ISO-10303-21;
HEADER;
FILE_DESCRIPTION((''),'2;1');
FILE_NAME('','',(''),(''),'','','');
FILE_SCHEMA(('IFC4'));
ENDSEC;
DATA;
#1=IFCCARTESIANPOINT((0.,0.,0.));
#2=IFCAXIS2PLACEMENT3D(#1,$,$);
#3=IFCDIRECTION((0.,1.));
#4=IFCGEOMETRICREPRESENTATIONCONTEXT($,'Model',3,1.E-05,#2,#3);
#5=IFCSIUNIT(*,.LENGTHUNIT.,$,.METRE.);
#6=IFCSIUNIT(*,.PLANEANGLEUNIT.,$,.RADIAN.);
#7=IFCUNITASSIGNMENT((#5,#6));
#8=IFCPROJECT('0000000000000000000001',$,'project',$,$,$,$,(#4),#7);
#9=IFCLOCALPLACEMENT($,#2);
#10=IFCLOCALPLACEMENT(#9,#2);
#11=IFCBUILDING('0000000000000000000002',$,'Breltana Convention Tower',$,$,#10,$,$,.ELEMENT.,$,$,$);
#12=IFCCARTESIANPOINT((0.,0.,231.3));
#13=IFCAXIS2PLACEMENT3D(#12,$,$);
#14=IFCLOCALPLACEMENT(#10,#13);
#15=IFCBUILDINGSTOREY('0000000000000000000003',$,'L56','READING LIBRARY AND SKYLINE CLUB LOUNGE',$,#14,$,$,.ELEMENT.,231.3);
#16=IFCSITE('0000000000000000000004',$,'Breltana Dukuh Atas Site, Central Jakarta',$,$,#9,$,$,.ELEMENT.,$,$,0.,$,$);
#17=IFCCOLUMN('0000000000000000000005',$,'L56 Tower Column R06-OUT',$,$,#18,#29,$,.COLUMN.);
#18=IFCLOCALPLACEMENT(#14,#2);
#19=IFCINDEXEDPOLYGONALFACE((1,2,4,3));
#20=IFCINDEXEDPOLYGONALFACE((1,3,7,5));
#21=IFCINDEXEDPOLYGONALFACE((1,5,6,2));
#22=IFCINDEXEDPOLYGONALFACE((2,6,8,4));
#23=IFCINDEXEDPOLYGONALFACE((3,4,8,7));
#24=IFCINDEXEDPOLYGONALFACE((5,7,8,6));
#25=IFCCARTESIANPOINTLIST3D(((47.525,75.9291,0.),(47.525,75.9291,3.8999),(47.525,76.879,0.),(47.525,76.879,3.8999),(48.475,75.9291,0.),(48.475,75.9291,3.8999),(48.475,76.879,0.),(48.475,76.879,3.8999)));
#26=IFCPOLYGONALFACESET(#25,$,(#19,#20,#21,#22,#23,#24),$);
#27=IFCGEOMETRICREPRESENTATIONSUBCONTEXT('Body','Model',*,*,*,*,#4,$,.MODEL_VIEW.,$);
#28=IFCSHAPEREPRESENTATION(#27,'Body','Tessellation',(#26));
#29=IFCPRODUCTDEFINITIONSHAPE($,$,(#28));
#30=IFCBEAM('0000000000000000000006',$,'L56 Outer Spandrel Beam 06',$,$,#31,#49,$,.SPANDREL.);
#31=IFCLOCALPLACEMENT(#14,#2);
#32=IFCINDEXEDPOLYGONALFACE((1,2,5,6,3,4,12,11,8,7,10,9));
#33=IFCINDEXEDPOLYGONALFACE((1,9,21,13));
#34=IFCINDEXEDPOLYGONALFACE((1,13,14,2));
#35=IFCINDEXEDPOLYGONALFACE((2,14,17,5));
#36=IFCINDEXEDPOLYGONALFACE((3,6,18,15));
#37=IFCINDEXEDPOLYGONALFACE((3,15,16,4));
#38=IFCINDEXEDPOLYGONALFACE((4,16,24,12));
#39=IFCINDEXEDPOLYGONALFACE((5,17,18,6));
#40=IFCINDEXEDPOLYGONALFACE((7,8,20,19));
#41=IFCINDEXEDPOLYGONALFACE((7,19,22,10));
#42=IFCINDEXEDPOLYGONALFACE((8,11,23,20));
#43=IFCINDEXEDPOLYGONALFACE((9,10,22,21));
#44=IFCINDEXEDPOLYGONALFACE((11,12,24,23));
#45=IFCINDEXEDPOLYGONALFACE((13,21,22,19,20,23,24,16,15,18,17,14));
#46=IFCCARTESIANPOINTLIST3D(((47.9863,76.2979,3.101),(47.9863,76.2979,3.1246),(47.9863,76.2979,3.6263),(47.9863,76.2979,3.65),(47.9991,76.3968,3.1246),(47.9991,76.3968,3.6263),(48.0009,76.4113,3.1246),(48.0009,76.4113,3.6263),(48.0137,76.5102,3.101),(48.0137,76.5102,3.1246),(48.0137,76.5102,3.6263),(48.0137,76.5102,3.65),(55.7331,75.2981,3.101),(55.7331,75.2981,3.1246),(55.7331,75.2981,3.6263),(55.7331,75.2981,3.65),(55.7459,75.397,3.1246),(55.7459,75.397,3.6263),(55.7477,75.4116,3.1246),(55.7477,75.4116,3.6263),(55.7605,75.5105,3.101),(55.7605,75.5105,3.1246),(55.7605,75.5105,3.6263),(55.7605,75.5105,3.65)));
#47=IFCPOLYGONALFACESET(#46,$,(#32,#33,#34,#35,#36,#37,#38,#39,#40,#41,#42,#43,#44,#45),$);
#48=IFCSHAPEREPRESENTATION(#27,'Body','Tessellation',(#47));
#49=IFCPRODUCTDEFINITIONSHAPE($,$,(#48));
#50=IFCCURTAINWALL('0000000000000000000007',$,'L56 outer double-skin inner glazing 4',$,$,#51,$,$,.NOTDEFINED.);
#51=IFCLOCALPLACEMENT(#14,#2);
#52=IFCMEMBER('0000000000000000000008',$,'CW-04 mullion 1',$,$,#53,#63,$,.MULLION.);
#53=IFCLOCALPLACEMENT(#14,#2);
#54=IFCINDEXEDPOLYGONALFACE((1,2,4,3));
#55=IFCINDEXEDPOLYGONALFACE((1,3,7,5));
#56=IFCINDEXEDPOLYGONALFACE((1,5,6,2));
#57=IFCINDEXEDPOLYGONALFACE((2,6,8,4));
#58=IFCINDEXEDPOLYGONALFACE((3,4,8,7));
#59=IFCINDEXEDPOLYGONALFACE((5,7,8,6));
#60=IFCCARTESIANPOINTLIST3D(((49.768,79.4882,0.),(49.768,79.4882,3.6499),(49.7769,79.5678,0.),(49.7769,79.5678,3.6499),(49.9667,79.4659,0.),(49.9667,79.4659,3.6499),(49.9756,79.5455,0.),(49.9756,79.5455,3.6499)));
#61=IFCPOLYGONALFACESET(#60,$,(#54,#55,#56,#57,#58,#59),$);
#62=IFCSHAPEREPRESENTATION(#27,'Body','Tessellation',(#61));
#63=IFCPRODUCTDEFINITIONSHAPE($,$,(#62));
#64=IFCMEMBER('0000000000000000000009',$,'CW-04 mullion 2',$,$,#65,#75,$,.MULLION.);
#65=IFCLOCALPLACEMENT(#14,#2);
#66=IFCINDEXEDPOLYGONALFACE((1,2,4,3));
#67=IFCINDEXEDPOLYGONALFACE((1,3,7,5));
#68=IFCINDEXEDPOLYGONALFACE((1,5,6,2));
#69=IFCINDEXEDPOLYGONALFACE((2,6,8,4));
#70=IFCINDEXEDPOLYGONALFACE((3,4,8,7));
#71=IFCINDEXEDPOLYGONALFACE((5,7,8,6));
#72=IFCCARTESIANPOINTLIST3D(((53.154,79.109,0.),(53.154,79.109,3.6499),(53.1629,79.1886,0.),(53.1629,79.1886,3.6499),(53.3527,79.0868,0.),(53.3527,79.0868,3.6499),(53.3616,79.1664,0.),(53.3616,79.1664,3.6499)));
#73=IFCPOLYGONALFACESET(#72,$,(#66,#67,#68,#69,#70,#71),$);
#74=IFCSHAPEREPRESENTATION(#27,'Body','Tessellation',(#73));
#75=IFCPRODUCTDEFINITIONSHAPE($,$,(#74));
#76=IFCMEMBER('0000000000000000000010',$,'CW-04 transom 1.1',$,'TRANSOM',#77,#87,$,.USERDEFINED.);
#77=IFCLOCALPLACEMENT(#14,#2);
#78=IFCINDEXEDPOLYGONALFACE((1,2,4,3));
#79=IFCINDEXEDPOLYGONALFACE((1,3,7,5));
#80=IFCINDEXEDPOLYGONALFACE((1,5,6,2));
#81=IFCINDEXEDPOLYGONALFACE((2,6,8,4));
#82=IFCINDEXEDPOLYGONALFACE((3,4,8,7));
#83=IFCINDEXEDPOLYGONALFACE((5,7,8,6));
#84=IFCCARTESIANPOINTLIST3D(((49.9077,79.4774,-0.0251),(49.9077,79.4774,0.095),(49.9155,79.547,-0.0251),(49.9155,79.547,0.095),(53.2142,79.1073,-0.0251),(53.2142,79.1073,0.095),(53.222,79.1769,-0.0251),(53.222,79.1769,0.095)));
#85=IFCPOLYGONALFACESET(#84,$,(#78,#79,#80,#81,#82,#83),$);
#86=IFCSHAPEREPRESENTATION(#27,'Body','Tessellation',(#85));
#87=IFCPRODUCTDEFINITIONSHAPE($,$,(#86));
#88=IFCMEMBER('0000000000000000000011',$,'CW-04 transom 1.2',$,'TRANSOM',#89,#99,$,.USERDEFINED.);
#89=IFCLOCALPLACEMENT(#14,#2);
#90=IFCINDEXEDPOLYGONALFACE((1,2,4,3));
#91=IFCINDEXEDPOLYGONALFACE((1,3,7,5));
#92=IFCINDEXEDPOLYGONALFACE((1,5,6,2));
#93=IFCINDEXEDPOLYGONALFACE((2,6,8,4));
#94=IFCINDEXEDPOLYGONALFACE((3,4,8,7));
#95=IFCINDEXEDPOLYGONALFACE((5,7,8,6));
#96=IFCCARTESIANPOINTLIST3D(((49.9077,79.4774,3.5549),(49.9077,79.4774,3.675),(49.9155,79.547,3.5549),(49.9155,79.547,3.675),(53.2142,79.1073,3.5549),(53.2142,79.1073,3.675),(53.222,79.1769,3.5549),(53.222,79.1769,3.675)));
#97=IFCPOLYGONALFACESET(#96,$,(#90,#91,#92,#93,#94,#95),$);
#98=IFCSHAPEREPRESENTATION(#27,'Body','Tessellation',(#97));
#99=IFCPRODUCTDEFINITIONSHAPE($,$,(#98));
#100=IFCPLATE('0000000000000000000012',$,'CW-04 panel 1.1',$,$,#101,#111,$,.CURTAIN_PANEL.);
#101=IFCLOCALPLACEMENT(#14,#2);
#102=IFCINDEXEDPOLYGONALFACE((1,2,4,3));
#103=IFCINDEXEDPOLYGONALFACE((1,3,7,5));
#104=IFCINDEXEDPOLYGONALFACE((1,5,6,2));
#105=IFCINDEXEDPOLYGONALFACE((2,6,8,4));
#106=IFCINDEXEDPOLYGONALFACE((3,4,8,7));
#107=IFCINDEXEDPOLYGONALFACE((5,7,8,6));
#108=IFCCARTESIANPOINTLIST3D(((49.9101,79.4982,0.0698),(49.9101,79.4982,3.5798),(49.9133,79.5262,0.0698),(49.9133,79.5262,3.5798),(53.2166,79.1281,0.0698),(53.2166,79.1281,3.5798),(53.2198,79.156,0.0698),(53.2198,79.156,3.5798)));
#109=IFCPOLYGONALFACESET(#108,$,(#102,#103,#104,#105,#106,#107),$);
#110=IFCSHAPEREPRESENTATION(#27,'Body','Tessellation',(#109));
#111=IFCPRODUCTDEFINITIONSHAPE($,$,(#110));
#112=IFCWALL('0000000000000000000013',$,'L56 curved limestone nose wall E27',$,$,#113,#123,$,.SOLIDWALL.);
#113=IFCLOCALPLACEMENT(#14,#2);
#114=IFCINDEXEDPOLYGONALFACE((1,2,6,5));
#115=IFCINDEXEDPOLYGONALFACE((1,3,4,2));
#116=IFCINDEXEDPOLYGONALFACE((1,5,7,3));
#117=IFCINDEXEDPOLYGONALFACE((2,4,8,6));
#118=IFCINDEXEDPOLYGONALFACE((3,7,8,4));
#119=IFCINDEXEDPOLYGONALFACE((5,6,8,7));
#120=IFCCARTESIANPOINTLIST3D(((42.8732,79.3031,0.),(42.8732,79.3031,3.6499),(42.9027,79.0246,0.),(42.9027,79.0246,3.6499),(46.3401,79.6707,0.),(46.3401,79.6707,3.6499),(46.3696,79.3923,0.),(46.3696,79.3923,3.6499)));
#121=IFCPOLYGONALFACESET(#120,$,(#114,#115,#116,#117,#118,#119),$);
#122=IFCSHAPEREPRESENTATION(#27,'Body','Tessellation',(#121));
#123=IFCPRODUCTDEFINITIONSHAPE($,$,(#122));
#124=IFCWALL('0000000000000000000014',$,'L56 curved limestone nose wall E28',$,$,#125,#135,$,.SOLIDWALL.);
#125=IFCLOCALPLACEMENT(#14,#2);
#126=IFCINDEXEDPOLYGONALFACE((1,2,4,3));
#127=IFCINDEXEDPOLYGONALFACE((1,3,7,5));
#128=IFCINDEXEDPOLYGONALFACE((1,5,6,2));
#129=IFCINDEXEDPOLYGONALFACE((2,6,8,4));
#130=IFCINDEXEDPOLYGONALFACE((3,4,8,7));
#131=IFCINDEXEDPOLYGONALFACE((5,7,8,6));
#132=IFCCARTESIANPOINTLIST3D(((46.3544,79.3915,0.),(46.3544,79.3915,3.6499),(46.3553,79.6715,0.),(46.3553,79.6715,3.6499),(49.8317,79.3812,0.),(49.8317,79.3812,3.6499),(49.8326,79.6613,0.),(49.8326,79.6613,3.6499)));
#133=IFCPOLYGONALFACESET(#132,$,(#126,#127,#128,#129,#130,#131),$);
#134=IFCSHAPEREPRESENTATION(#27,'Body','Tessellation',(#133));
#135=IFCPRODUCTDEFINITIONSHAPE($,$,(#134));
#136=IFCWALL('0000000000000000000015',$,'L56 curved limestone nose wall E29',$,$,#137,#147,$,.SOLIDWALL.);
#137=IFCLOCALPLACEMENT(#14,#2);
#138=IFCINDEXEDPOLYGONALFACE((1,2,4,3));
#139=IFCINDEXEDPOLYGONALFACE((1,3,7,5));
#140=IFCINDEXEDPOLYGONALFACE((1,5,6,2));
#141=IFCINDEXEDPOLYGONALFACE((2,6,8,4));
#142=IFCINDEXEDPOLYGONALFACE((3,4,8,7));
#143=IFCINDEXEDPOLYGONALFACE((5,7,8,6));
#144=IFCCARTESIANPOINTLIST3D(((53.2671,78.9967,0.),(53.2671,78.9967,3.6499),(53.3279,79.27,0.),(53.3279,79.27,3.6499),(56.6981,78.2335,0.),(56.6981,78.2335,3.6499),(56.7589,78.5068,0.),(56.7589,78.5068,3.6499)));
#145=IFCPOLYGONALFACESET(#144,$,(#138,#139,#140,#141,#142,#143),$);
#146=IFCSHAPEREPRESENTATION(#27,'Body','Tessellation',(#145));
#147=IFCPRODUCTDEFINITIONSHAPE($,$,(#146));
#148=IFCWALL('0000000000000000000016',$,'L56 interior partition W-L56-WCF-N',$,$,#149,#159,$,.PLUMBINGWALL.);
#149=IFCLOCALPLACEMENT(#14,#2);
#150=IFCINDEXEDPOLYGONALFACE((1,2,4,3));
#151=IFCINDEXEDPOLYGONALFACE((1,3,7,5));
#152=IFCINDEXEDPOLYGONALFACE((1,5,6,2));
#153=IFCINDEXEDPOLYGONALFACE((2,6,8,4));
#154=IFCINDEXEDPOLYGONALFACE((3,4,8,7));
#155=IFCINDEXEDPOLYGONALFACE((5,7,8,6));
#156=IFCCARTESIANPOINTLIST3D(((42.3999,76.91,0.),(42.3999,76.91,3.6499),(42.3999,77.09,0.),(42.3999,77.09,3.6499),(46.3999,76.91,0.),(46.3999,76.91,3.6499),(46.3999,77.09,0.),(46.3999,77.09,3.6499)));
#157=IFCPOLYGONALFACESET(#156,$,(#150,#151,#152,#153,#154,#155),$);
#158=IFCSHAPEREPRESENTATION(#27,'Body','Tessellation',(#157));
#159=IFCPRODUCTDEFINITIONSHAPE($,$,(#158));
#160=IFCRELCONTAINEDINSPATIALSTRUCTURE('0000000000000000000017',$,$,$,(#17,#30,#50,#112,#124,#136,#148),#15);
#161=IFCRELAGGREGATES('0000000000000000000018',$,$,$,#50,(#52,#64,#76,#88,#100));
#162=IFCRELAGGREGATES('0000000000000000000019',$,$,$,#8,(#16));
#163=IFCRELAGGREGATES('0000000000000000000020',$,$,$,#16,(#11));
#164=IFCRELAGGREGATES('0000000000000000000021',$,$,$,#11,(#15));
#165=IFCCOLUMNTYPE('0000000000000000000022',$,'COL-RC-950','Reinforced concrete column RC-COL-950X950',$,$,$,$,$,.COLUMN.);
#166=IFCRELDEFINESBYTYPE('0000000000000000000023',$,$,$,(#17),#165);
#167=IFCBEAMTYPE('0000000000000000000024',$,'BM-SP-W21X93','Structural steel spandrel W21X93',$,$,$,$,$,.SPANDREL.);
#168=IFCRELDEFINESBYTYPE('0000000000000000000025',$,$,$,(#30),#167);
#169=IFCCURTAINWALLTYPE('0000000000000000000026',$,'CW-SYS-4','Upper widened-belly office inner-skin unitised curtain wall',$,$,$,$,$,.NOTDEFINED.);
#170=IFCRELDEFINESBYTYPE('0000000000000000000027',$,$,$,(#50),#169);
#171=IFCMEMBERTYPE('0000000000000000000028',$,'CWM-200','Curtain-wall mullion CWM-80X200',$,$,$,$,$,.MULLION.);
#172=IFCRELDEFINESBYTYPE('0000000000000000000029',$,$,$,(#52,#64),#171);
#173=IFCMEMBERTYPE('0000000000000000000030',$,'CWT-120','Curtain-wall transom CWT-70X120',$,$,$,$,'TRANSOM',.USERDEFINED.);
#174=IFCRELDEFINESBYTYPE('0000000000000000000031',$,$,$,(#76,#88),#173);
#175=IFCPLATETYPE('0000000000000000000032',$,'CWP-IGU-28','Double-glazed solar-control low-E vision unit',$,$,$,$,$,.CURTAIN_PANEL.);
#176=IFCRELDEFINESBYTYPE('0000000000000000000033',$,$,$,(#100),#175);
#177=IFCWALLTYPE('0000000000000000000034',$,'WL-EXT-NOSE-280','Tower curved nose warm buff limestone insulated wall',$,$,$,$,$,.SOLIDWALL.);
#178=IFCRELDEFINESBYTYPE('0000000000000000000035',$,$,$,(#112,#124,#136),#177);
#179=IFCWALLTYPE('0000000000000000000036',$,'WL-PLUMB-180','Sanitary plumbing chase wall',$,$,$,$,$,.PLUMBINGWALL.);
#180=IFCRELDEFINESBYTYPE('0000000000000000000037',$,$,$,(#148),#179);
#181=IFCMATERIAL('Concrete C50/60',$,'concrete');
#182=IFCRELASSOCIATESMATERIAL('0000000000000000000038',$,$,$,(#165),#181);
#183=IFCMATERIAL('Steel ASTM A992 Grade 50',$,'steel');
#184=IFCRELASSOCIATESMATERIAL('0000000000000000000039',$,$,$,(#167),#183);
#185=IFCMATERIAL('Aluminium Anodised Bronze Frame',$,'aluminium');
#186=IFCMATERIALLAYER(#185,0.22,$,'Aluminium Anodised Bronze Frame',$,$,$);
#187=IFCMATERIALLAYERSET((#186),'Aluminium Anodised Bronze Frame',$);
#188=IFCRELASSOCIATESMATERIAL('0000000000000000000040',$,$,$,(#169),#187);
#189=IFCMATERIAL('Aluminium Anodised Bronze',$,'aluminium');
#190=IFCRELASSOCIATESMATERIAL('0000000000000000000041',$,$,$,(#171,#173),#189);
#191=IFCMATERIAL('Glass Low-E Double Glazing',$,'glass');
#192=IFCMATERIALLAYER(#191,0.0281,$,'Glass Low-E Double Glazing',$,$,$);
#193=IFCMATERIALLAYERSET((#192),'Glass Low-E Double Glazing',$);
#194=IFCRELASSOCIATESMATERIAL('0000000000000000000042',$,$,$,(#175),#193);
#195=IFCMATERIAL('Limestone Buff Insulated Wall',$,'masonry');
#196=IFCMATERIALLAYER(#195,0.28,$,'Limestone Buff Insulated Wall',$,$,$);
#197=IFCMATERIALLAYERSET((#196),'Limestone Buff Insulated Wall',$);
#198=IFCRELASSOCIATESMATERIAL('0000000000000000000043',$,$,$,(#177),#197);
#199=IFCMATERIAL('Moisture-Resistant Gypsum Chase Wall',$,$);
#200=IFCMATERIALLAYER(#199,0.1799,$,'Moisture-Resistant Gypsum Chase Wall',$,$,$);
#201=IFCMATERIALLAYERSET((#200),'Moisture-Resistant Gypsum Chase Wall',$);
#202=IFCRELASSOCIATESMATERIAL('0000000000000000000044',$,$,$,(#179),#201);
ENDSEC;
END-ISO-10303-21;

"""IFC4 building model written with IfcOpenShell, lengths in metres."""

from ifc_helpers import new_model, si_unit, direction, frame, frame_2d, origin, origin_2d, place, context, subcontext, project, spatial, rectangle, i_section, extrude, source, transform, mapped, material, layer, layer_set, material_profile, profile_set, type_object, element, aggregate, save


model = new_model("IFC4")

# Units and contexts
model_context = context("Model", 3, precision=1e-05, world=origin(), true_north=direction((0.0, 1.0)))
body_context = subcontext(model_context, "Body", "Model", "MODEL_VIEW")
ifc_project = project(units=[si_unit("LENGTHUNIT", "METRE"), si_unit("PLANEANGLEUNIT", "RADIAN")], contexts=[model_context])

# Site, building, storey
site_placement = place(None, origin())
site = spatial("IfcSite", under=ifc_project, at=site_placement, Name="Breltana Dukuh Atas Site, Central Jakarta", CompositionType="ELEMENT", RefElevation=0.0)
building_placement = place(site_placement, origin())
building = spatial("IfcBuilding", under=site, at=building_placement, Name="Breltana Convention Tower", CompositionType="ELEMENT")
storey_placement = place(building_placement, frame((0.0, 0.0, 231.3)))
storey = spatial("IfcBuildingStorey", under=building, at=storey_placement, Name="L56", Description="READING LIBRARY AND SKYLINE CLUB LOUNGE", CompositionType="ELEMENT", Elevation=231.3)

# Column
ifc_material_1 = material(Name="Concrete C50/60", Category="concrete")
ifc_material_profile_1 = material_profile(ifc_material_1, rectangle(XDim=0.95, YDim=0.95, at=origin_2d()), Name="RC-COL-950X950")
ifc_profile_set_1 = profile_set([ifc_material_profile_1], Name="Concrete C50/60")
column_type = type_object("IfcColumnType", Name="COL-RC-950", Description="Reinforced concrete column RC-COL-950X950", PredefinedType="COLUMN", material=ifc_profile_set_1)
shared_shape_1 = source(origin(), body_context, "Body", "SweptSolid", [
    extrude(rectangle(XDim=0.95, YDim=0.95, at=origin_2d()), origin(), (0.0, 0.0, 1.0), 3.8999),
])
column_placement = place(storey_placement, frame((48.0, 76.4041, 0.0), z_axis=(0.0, 0.0, 1.0), x_axis=(0.0, 1.0, 0.0)))
element("IfcColumn", 1, at=column_placement, inside=storey, type_object=column_type, Name="L56 Tower Column R06-OUT", PredefinedType="COLUMN", context=body_context, shape_type="MappedRepresentation", body=[
    mapped(shared_shape_1, transform((0.0, 0.0, 0.0), scale=1.0)),
])

# Beam
ifc_material_2 = material(Name="Steel ASTM A992 Grade 50", Category="steel")
ifc_material_profile_2 = material_profile(ifc_material_2, i_section(OverallWidth=0.2141, OverallDepth=0.5491, WebThickness=0.0146, FlangeThickness=0.0237, at=origin_2d()), Name="W21X93")
ifc_profile_set_2 = profile_set([ifc_material_profile_2], Name="Steel ASTM A992 Grade 50")
beam_type = type_object("IfcBeamType", Name="BM-SP-W21X93", Description="Structural steel spandrel W21X93", PredefinedType="SPANDREL", material=ifc_profile_set_2)
shared_shape_2 = source(origin(), body_context, "Body", "SweptSolid", [
    extrude(i_section(OverallWidth=0.2141, OverallDepth=0.5491, WebThickness=0.0146, FlangeThickness=0.0237, at=origin_2d()), origin(), (0.0, 0.0, 1.0), 7.811),
])
beam_placement = place(storey_placement, frame((48.0, 76.4041, 3.3755), z_axis=(0.991775, -0.127992, 0.0), x_axis=(0.127992, 0.991775, 0.0)))
element("IfcBeam", 2, at=beam_placement, inside=storey, type_object=beam_type, Name="L56 Outer Spandrel Beam 06", PredefinedType="SPANDREL", context=body_context, shape_type="MappedRepresentation", body=[
    mapped(shared_shape_2, transform((0.0, 0.0, 0.0), scale=1.0)),
])

# Curtain wall, members, plate
ifc_material_3 = material(Name="Aluminium Anodised Bronze Frame", Category="aluminium")
ifc_layer_1 = layer(ifc_material_3, 0.22, Name="Aluminium Anodised Bronze Frame")
ifc_layer_set_1 = layer_set([ifc_layer_1], Name="Aluminium Anodised Bronze Frame")
curtain_wall_type = type_object("IfcCurtainWallType", Name="CW-SYS-4", Description="Upper widened-belly office inner-skin unitised curtain wall", PredefinedType="NOTDEFINED", material=ifc_layer_set_1)
curtain_wall_placement = place(storey_placement, origin())
curtain_wall = element("IfcCurtainWall", 3, at=curtain_wall_placement, inside=storey, type_object=curtain_wall_type, Name="L56 outer double-skin inner glazing 4", PredefinedType="NOTDEFINED")
ifc_material_4 = material(Name="Aluminium Anodised Bronze", Category="aluminium")
ifc_material_profile_3 = material_profile(ifc_material_4, rectangle(XDim=0.0801, YDim=0.2, at=origin_2d()), Name="CWM-80X200")
ifc_profile_set_3 = profile_set([ifc_material_profile_3], Name="Aluminium Anodised Bronze")
member_type_1 = type_object("IfcMemberType", Name="CWM-200", Description="Curtain-wall mullion CWM-80X200", PredefinedType="MULLION", material=ifc_profile_set_3)
shared_shape_3 = source(origin(), body_context, "Body", "SweptSolid", [
    extrude(rectangle(XDim=0.0801, YDim=0.2, at=origin_2d()), origin(), (0.0, 0.0, 1.0), 3.6499),
])
member_1_placement = place(storey_placement, frame((49.8718, 79.5168, 0.0), z_axis=(0.0, 0.0, 1.0), x_axis=(0.111237, 0.993794, 0.0)))
member_1 = element("IfcMember", 4, at=member_1_placement, type_object=member_type_1, Name="CW-04 mullion 1", PredefinedType="MULLION", context=body_context, shape_type="MappedRepresentation", body=[
    mapped(shared_shape_3, transform((0.0, 0.0, 0.0), scale=1.0)),
])
member_2_placement = place(storey_placement, frame((53.2578, 79.1377, 0.0), z_axis=(0.0, 0.0, 1.0), x_axis=(0.111237, 0.993794, 0.0)))
member_2 = element("IfcMember", 5, at=member_2_placement, type_object=member_type_1, Name="CW-04 mullion 2", PredefinedType="MULLION", context=body_context, shape_type="MappedRepresentation", body=[
    mapped(shared_shape_3, transform((0.0, 0.0, 0.0), scale=1.0)),
])
ifc_material_profile_4 = material_profile(ifc_material_4, rectangle(XDim=0.0701, YDim=0.1201, at=origin_2d()), Name="CWT-70X120")
ifc_profile_set_4 = profile_set([ifc_material_profile_4], Name="Aluminium Anodised Bronze")
member_type_2 = type_object("IfcMemberType", Name="CWT-120", Description="Curtain-wall transom CWT-70X120", ElementType="TRANSOM", PredefinedType="USERDEFINED", material=ifc_profile_set_4)
shared_shape_4 = source(origin(), body_context, "Body", "SweptSolid", [
    extrude(rectangle(XDim=0.0701, YDim=0.1201, at=origin_2d()), origin(), (0.0, 0.0, 1.0), 3.3271),
])
member_3_placement = place(storey_placement, frame((49.9116, 79.5122, 0.0349), z_axis=(0.993793, -0.111245, 0.0), x_axis=(0.111245, 0.993793, 0.0)))
member_3 = element("IfcMember", 6, at=member_3_placement, type_object=member_type_2, Name="CW-04 transom 1.1", ObjectType="TRANSOM", PredefinedType="USERDEFINED", context=body_context, shape_type="MappedRepresentation", body=[
    mapped(shared_shape_4, transform((0.0, 0.0, 0.0), scale=1.0)),
])
member_4_placement = place(storey_placement, frame((49.9116, 79.5122, 3.615), z_axis=(0.993793, -0.111245, 0.0), x_axis=(0.111245, 0.993793, 0.0)))
member_4 = element("IfcMember", 7, at=member_4_placement, type_object=member_type_2, Name="CW-04 transom 1.2", ObjectType="TRANSOM", PredefinedType="USERDEFINED", context=body_context, shape_type="MappedRepresentation", body=[
    mapped(shared_shape_4, transform((0.0, 0.0, 0.0), scale=1.0)),
])
ifc_material_5 = material(Name="Glass Low-E Double Glazing", Category="glass")
ifc_layer_2 = layer(ifc_material_5, 0.0281, Name="Glass Low-E Double Glazing")
ifc_layer_set_2 = layer_set([ifc_layer_2], Name="Glass Low-E Double Glazing")
plate_type = type_object("IfcPlateType", Name="CWP-IGU-28", Description="Double-glazed solar-control low-E vision unit", PredefinedType="CURTAIN_PANEL", material=ifc_layer_set_2)
shared_shape_5 = source(origin(), body_context, "Body", "SweptSolid", [
    extrude(rectangle(XDim=3.3271, YDim=0.0281, at=origin_2d()), origin(), (0.0, 0.0, 1.0), 3.51),
])
plate_placement = place(storey_placement, frame((51.5649, 79.3271, 0.0698), z_axis=(0.0, 0.0, 1.0), x_axis=(0.993794, -0.111237, 0.0)))
plate = element("IfcPlate", 8, at=plate_placement, type_object=plate_type, Name="CW-04 panel 1.1", PredefinedType="CURTAIN_PANEL", context=body_context, shape_type="MappedRepresentation", body=[
    mapped(shared_shape_5, transform((0.0, 0.0, 0.0), scale=1.0)),
])
aggregate(curtain_wall, [member_1, member_2, member_3, member_4, plate])

# Walls
ifc_material_6 = material(Name="Limestone Buff Insulated Wall", Category="masonry")
ifc_layer_3 = layer(ifc_material_6, 0.28, Name="Limestone Buff Insulated Wall")
ifc_layer_set_3 = layer_set([ifc_layer_3], Name="Limestone Buff Insulated Wall")
wall_type_1 = type_object("IfcWallType", Name="WL-EXT-NOSE-280", Description="Tower curved nose warm buff limestone insulated wall", PredefinedType="SOLIDWALL", material=ifc_layer_set_3)
shared_shape_6 = source(origin(), body_context, "Body", "SweptSolid", [
    extrude(rectangle(XDim=3.4863, YDim=0.28, at=frame_2d((1.7432, 0.0))), origin(), (0.0, 0.0, 1.0), 3.6499),
])
wall_1_placement = place(storey_placement, frame((42.8879, 79.1638, 0.0), z_axis=(0.0, 0.0, 1.0), x_axis=(0.994423, 0.105465, 0.0)))
element("IfcWall", 9, at=wall_1_placement, inside=storey, type_object=wall_type_1, Name="L56 curved limestone nose wall E27", PredefinedType="SOLIDWALL", context=body_context, shape_type="MappedRepresentation", body=[
    mapped(shared_shape_6, transform((0.0, 0.0, 0.0), scale=1.0)),
])
shared_shape_7 = source(origin(), body_context, "Body", "SweptSolid", [
    extrude(rectangle(XDim=3.4773, YDim=0.28, at=frame_2d((1.7388, 0.0))), origin(), (0.0, 0.0, 1.0), 3.6499),
])
wall_2_placement = place(storey_placement, frame((46.3547, 79.5315, 0.0), z_axis=(0.0, 0.0, 1.0), x_axis=(0.999996, -0.002949, 0.0)))
element("IfcWall", 10, at=wall_2_placement, inside=storey, type_object=wall_type_1, Name="L56 curved limestone nose wall E28", PredefinedType="SOLIDWALL", context=body_context, shape_type="MappedRepresentation", body=[
    mapped(shared_shape_7, transform((0.0, 0.0, 0.0), scale=1.0)),
])
shared_shape_8 = source(origin(), body_context, "Body", "SweptSolid", [
    extrude(rectangle(XDim=3.5149, YDim=0.28, at=frame_2d((1.7573, 0.0))), origin(), (0.0, 0.0, 1.0), 3.6499),
])
wall_3_placement = place(storey_placement, frame((53.2976, 79.1333, 0.0), z_axis=(0.0, 0.0, 1.0), x_axis=(0.976145, -0.217122, 0.0)))
element("IfcWall", 11, at=wall_3_placement, inside=storey, type_object=wall_type_1, Name="L56 curved limestone nose wall E29", PredefinedType="SOLIDWALL", context=body_context, shape_type="MappedRepresentation", body=[
    mapped(shared_shape_8, transform((0.0, 0.0, 0.0), scale=1.0)),
])
ifc_material_7 = material(Name="Moisture-Resistant Gypsum Chase Wall")
ifc_layer_4 = layer(ifc_material_7, 0.1799, Name="Moisture-Resistant Gypsum Chase Wall")
ifc_layer_set_4 = layer_set([ifc_layer_4], Name="Moisture-Resistant Gypsum Chase Wall")
wall_type_2 = type_object("IfcWallType", Name="WL-PLUMB-180", Description="Sanitary plumbing chase wall", PredefinedType="PLUMBINGWALL", material=ifc_layer_set_4)
shared_shape_9 = source(origin(), body_context, "Body", "SweptSolid", [
    extrude(rectangle(XDim=4.0, YDim=0.1799, at=frame_2d((2.0, 0.0))), origin(), (0.0, 0.0, 1.0), 3.6499),
])
wall_4_placement = place(storey_placement, frame((42.3999, 77.0, 0.0), z_axis=(0.0, 0.0, 1.0), x_axis=(1.0, 0.0, 0.0)))
element("IfcWall", 12, at=wall_4_placement, inside=storey, type_object=wall_type_2, Name="L56 interior partition W-L56-WCF-N", PredefinedType="PLUMBINGWALL", context=body_context, shape_type="MappedRepresentation", body=[
    mapped(shared_shape_9, transform((0.0, 0.0, 0.0), scale=1.0)),
])

save(model, "model.ifc")
